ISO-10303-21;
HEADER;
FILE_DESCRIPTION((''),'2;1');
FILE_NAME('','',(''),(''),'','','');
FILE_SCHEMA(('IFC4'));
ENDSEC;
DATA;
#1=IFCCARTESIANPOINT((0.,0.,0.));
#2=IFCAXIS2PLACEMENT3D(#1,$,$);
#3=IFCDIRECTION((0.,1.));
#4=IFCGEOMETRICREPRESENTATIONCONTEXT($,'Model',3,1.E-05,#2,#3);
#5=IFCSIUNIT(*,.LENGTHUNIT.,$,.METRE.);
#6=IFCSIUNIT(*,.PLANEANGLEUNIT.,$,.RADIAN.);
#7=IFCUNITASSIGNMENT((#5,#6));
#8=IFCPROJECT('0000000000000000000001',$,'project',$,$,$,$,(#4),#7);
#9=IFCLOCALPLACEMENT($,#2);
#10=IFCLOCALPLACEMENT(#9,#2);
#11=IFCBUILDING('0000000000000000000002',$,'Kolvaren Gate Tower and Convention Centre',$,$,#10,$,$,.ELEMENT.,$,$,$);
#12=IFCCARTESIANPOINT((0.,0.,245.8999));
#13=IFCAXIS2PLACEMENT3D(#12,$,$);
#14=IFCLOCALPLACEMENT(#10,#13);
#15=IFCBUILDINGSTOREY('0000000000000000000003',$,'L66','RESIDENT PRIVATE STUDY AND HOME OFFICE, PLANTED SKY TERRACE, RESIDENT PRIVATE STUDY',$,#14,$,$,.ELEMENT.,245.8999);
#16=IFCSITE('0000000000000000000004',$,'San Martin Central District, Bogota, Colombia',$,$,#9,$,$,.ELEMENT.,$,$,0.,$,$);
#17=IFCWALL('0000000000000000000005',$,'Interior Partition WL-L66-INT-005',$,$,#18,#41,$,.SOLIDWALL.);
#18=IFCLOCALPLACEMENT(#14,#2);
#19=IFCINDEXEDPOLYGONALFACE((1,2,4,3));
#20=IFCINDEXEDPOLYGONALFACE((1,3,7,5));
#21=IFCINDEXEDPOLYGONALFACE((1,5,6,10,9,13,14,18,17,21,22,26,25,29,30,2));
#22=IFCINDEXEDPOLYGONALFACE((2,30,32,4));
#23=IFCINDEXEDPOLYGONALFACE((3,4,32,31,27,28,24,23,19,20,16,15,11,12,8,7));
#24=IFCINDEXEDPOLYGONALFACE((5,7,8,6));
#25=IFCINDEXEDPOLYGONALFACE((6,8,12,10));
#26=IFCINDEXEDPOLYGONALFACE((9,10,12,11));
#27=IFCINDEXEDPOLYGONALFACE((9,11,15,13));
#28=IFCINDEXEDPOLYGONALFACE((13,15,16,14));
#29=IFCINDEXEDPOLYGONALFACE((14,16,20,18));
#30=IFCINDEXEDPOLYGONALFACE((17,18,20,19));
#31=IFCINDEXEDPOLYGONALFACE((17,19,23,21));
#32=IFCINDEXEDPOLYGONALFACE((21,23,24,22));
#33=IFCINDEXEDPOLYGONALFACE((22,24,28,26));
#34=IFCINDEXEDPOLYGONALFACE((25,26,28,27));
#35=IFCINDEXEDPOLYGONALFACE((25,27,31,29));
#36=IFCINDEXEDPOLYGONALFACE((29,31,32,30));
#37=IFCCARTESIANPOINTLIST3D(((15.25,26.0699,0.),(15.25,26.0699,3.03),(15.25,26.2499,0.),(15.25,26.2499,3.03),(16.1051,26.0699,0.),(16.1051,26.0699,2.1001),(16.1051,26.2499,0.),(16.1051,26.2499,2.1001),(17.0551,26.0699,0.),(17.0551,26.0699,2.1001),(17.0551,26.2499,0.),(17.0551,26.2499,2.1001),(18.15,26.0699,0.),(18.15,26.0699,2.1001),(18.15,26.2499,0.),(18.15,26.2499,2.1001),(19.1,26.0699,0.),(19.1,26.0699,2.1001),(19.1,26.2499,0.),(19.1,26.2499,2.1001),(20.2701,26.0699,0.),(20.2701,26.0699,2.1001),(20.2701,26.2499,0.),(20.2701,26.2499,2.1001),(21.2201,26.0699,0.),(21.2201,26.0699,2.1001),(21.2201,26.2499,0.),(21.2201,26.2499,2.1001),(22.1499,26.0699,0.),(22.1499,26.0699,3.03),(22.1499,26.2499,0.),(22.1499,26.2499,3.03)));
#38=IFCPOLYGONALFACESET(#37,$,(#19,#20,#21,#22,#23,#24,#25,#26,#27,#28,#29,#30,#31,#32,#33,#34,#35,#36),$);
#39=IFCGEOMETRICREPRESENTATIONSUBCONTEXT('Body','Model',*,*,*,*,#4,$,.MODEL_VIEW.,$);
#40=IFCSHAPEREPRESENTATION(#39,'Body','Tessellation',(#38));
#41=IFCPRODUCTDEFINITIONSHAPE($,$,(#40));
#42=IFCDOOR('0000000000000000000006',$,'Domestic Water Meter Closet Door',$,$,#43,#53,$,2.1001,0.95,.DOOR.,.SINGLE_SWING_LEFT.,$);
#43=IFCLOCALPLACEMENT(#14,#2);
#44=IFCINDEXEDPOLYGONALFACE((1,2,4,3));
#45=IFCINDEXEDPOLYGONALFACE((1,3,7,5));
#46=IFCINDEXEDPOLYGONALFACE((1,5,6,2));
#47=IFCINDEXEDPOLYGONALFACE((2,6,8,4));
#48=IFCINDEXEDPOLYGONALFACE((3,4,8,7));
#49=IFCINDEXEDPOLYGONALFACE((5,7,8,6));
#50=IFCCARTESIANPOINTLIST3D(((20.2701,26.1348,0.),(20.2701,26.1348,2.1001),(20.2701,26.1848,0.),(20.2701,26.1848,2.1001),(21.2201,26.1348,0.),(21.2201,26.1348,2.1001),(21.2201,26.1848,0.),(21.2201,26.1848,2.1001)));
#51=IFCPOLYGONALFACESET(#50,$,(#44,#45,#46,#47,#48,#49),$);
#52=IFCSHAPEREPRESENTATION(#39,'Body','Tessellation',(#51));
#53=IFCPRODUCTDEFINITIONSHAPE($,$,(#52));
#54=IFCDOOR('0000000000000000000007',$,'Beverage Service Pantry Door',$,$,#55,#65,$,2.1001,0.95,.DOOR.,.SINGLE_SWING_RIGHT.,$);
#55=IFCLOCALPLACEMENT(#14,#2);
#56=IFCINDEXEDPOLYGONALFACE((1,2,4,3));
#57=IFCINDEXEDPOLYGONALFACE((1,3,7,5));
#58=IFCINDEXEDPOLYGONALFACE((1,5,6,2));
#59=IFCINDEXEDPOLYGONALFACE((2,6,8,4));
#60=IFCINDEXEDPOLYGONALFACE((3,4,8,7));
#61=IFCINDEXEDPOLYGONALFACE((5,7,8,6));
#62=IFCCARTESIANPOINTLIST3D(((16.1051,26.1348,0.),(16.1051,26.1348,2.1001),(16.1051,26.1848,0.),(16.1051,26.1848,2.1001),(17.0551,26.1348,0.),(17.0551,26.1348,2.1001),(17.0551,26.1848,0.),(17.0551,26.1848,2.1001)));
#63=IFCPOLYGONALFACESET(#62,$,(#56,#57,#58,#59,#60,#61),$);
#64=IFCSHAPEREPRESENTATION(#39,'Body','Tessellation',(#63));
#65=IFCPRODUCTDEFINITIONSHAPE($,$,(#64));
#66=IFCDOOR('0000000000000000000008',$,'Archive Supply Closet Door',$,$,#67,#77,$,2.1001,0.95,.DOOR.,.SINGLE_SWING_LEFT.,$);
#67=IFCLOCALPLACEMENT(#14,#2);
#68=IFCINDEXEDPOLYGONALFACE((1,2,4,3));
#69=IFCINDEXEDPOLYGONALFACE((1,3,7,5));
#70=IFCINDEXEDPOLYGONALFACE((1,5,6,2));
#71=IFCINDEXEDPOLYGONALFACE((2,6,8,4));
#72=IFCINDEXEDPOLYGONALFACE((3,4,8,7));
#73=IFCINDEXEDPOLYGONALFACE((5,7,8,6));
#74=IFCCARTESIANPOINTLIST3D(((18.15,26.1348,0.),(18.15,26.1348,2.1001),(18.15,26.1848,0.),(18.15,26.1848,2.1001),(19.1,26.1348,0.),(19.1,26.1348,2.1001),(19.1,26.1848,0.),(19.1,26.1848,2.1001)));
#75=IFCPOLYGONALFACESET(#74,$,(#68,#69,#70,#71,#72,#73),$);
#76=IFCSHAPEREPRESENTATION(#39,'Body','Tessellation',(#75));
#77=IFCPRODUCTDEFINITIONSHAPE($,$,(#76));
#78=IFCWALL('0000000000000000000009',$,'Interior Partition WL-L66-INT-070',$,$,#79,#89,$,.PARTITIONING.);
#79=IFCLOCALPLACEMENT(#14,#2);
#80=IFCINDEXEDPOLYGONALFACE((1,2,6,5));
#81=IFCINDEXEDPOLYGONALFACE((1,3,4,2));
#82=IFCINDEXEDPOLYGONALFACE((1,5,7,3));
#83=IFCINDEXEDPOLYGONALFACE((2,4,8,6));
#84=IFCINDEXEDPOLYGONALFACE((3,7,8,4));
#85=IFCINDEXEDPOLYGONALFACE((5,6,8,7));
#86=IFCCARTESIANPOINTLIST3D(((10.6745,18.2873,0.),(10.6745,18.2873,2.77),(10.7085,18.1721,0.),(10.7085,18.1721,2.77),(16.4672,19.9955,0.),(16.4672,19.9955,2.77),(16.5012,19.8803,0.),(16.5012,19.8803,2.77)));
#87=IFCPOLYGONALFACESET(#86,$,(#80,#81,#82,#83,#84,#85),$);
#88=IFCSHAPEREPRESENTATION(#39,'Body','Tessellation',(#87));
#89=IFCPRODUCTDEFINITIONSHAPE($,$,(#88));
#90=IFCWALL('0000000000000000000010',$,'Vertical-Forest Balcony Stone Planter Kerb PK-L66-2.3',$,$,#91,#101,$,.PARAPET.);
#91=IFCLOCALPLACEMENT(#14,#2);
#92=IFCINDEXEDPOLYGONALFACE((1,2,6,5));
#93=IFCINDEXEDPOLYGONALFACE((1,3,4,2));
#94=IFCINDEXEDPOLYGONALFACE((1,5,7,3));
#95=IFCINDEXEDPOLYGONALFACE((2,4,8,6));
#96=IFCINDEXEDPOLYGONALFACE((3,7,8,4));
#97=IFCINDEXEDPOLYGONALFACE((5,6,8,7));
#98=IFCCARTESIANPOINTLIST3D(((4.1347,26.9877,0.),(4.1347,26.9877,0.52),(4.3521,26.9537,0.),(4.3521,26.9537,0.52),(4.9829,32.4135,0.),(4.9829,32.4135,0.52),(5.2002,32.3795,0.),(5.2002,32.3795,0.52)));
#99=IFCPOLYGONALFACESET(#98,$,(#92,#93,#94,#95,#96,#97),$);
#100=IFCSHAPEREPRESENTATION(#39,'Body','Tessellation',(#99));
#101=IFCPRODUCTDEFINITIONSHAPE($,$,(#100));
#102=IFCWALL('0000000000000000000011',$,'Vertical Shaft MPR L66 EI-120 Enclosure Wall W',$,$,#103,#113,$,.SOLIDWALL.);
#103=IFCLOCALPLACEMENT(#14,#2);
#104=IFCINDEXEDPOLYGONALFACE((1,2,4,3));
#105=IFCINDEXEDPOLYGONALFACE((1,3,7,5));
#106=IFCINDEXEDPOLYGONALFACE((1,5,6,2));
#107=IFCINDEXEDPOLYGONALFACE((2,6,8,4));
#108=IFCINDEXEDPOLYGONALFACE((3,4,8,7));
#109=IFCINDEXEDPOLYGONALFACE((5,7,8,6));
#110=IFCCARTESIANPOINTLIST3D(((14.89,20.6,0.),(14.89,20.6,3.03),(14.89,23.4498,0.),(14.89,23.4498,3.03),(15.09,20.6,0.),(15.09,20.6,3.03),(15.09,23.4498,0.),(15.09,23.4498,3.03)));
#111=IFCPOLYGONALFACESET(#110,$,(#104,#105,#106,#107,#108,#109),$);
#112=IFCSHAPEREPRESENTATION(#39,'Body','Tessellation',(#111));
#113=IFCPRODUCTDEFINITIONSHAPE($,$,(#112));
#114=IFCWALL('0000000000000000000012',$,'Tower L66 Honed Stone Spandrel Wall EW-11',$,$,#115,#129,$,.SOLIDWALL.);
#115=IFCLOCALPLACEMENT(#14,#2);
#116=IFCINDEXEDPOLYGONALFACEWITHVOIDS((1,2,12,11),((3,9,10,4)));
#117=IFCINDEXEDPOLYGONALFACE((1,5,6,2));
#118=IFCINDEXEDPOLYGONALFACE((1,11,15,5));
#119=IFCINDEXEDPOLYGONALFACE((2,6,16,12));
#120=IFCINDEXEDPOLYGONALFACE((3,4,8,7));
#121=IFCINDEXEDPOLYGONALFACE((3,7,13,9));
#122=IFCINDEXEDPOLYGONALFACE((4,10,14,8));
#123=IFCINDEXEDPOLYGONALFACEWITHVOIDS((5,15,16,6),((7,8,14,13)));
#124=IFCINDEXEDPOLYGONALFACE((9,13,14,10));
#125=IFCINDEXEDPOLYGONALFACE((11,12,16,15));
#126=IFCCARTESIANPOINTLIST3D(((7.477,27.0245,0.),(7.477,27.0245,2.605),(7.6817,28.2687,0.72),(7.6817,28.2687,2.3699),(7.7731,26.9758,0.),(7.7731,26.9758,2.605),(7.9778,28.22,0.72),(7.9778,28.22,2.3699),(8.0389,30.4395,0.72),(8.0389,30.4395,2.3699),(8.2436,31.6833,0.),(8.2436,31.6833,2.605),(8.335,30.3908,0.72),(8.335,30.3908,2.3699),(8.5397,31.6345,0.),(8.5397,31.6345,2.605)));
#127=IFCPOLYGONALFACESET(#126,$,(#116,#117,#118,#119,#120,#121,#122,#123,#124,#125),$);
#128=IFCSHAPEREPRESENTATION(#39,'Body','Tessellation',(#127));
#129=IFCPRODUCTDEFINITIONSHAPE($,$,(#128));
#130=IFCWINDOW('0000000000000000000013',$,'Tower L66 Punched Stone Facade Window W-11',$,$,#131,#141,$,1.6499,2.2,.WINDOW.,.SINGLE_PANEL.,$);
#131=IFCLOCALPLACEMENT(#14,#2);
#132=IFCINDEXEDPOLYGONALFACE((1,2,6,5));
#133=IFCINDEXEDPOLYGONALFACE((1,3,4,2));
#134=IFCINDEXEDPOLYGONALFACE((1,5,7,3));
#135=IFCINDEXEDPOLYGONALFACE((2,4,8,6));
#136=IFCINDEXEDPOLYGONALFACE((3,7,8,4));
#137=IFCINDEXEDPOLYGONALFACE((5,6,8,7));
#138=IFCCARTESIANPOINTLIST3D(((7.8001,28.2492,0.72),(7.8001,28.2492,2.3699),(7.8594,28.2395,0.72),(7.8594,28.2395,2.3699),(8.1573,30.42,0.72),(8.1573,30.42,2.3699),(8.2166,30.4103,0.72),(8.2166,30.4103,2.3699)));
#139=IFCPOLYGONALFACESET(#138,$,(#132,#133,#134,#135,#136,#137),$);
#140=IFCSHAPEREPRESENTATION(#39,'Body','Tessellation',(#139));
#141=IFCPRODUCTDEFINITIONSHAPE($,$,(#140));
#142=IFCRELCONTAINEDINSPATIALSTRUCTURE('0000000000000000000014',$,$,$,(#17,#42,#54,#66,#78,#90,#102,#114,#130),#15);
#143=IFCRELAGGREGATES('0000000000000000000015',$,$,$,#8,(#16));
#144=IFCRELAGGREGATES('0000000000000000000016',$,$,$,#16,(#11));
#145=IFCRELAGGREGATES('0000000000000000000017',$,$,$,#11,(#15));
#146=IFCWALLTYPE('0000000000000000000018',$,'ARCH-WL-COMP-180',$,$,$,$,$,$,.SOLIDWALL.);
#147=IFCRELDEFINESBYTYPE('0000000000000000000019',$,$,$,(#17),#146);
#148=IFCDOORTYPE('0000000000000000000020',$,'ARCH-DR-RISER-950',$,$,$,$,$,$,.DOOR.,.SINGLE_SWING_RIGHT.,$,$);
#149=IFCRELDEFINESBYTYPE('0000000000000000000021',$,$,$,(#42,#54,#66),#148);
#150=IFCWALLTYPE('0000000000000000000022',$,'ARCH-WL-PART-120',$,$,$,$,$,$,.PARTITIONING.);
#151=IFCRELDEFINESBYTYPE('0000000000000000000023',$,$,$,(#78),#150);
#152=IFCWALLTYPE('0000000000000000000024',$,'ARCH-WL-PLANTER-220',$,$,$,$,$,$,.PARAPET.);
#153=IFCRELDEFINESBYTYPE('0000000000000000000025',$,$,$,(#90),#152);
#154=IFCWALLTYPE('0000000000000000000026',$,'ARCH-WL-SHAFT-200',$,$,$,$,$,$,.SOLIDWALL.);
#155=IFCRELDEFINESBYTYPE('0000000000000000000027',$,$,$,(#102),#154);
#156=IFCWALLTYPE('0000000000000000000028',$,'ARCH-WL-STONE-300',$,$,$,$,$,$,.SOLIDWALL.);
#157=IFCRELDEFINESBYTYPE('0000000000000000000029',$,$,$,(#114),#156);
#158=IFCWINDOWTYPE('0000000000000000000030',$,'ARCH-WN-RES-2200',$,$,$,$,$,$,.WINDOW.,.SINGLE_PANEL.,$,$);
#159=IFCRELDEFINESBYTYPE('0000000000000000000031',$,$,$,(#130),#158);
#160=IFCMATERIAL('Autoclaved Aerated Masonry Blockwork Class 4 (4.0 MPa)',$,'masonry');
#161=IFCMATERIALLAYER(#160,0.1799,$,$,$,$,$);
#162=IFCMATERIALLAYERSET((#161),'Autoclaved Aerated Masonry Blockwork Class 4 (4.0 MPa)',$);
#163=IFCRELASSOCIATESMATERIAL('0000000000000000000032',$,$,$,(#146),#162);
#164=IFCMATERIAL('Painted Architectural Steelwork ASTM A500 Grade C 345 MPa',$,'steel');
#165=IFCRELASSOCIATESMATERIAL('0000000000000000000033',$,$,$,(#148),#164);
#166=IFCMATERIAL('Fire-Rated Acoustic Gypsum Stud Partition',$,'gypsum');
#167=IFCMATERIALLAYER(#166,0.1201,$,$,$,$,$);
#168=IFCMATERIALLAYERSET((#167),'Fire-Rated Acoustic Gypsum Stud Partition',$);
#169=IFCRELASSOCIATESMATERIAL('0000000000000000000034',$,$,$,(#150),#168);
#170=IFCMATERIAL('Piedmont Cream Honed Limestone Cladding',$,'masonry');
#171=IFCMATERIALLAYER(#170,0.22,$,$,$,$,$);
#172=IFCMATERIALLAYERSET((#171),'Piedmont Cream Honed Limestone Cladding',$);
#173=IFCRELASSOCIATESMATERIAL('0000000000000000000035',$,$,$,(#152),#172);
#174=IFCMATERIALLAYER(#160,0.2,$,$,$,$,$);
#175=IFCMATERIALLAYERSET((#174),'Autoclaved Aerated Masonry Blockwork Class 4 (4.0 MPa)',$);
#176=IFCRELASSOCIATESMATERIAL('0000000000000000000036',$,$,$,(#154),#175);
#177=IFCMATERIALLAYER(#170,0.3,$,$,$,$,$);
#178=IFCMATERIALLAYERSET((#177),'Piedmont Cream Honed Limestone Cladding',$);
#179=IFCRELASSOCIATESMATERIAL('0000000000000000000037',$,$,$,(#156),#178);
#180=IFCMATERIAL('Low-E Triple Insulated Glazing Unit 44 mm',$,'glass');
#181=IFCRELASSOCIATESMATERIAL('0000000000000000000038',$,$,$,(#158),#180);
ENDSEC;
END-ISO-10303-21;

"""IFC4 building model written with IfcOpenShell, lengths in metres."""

from ifc_helpers import new_model, si_unit, direction, frame, frame_2d, origin, place, context, subcontext, project, spatial, rectangle, extrude, material, layer, layer_set, type_object, element, fill, save


model = new_model("IFC4")

# Units and contexts
model_context = context("Model", 3, precision=1e-05, world=origin(), true_north=direction((0.0, 1.0)))
body_context = subcontext(model_context, "Body", "Model", "MODEL_VIEW")
ifc_project = project(units=[si_unit("LENGTHUNIT", "METRE"), si_unit("PLANEANGLEUNIT", "RADIAN")], contexts=[model_context])

# Site, building, storey
site_placement = place(None, origin())
site = spatial("IfcSite", under=ifc_project, at=site_placement, Name="San Martin Central District, Bogota, Colombia", CompositionType="ELEMENT", RefElevation=0.0)
building_placement = place(site_placement, origin())
building = spatial("IfcBuilding", under=site, at=building_placement, Name="Kolvaren Gate Tower and Convention Centre", CompositionType="ELEMENT")
storey_placement = place(building_placement, frame((0.0, 0.0, 245.8999)))
storey = spatial("IfcBuildingStorey", under=building, at=storey_placement, Name="L66", Description="RESIDENT PRIVATE STUDY AND HOME OFFICE, PLANTED SKY TERRACE, RESIDENT PRIVATE STUDY", CompositionType="ELEMENT", Elevation=245.8999)

# Wall, openings, doors
ifc_material_1 = material(Name="Autoclaved Aerated Masonry Blockwork Class 4 (4.0 MPa)", Category="masonry")
ifc_layer_1 = layer(ifc_material_1, 0.1799)
ifc_layer_set_1 = layer_set([ifc_layer_1], Name="Autoclaved Aerated Masonry Blockwork Class 4 (4.0 MPa)")
wall_type_1 = type_object("IfcWallType", Name="ARCH-WL-COMP-180", PredefinedType="SOLIDWALL", material=ifc_layer_set_1)
wall_1_placement = place(storey_placement, frame((15.25, 26.1599, 0.0), z_axis=(0.0, 0.0, 1.0), x_axis=(1.0, 0.0, 0.0)))
wall_1 = element("IfcWall", 1, at=wall_1_placement, inside=storey, type_object=wall_type_1, Name="Interior Partition WL-L66-INT-005", PredefinedType="SOLIDWALL", context=body_context, shape_type="SweptSolid", body=[
    extrude(rectangle(XDim=6.8999, YDim=0.1799, at=frame_2d((3.45, 0.0))), origin(), (0.0, 0.0, 1.0), 3.03),
])
opening_1_placement = place(wall_1_placement, frame((5.02, 0.0, 0.0)))
opening_1 = element("IfcOpeningElement", 2, at=opening_1_placement, cuts=wall_1, PredefinedType="OPENING", context=body_context, shape_type="SweptSolid", body=[
    extrude(rectangle(XDim=0.95, YDim=2.1001, at=frame_2d((0.4751, 1.05))), frame((0.0, 0.0999, 0.0), z_axis=(0.0, -1.0, 0.0), x_axis=(1.0, 0.0, 0.0)), (0.0, 0.0, 1.0), 0.2),
])
opening_2_placement = place(wall_1_placement, frame((0.855, 0.0, 0.0)))
opening_2 = element("IfcOpeningElement", 3, at=opening_2_placement, cuts=wall_1, PredefinedType="OPENING", context=body_context, shape_type="SweptSolid", body=[
    extrude(rectangle(XDim=0.95, YDim=2.1001, at=frame_2d((0.4751, 1.05))), frame((0.0, 0.0999, 0.0), z_axis=(0.0, -1.0, 0.0), x_axis=(1.0, 0.0, 0.0)), (0.0, 0.0, 1.0), 0.2),
])
opening_3_placement = place(wall_1_placement, frame((2.8999, 0.0, 0.0)))
opening_3 = element("IfcOpeningElement", 4, at=opening_3_placement, cuts=wall_1, PredefinedType="OPENING", context=body_context, shape_type="SweptSolid", body=[
    extrude(rectangle(XDim=0.95, YDim=2.1001, at=frame_2d((0.4751, 1.05))), frame((0.0, 0.0999, 0.0), z_axis=(0.0, -1.0, 0.0), x_axis=(1.0, 0.0, 0.0)), (0.0, 0.0, 1.0), 0.2),
])
ifc_material_2 = material(Name="Painted Architectural Steelwork ASTM A500 Grade C 345 MPa", Category="steel")
door_type = type_object("IfcDoorType", Name="ARCH-DR-RISER-950", OperationType="SINGLE_SWING_RIGHT", PredefinedType="DOOR", material=ifc_material_2)
door_1_placement = place(opening_1_placement, origin())
door_1 = element("IfcDoor", 5, at=door_1_placement, inside=storey, type_object=door_type, Name="Domestic Water Meter Closet Door", OperationType="SINGLE_SWING_LEFT", OverallHeight=2.1001, OverallWidth=0.95, PredefinedType="DOOR", context=body_context, shape_type="SweptSolid", body=[
    extrude(rectangle(XDim=0.95, YDim=2.1001, at=frame_2d((0.4751, 1.05))), frame((0.0, 0.0249, 0.0), z_axis=(0.0, -1.0, 0.0), x_axis=(1.0, 0.0, 0.0)), (0.0, 0.0, 1.0), 0.05),
])
fill(opening_1, door_1)
door_2_placement = place(opening_2_placement, origin())
door_2 = element("IfcDoor", 6, at=door_2_placement, inside=storey, type_object=door_type, Name="Beverage Service Pantry Door", OperationType="SINGLE_SWING_RIGHT", OverallHeight=2.1001, OverallWidth=0.95, PredefinedType="DOOR", context=body_context, shape_type="SweptSolid", body=[
    extrude(rectangle(XDim=0.95, YDim=2.1001, at=frame_2d((0.4751, 1.05))), frame((0.0, 0.0249, 0.0), z_axis=(0.0, -1.0, 0.0), x_axis=(1.0, 0.0, 0.0)), (0.0, 0.0, 1.0), 0.05),
])
fill(opening_2, door_2)
door_3_placement = place(opening_3_placement, origin())
door_3 = element("IfcDoor", 7, at=door_3_placement, inside=storey, type_object=door_type, Name="Archive Supply Closet Door", OperationType="SINGLE_SWING_LEFT", OverallHeight=2.1001, OverallWidth=0.95, PredefinedType="DOOR", context=body_context, shape_type="SweptSolid", body=[
    extrude(rectangle(XDim=0.95, YDim=2.1001, at=frame_2d((0.4751, 1.05))), frame((0.0, 0.0249, 0.0), z_axis=(0.0, -1.0, 0.0), x_axis=(1.0, 0.0, 0.0)), (0.0, 0.0, 1.0), 0.05),
])
fill(opening_3, door_3)

# Walls
ifc_material_3 = material(Name="Fire-Rated Acoustic Gypsum Stud Partition", Category="gypsum")
ifc_layer_2 = layer(ifc_material_3, 0.1201)
ifc_layer_set_2 = layer_set([ifc_layer_2], Name="Fire-Rated Acoustic Gypsum Stud Partition")
wall_type_2 = type_object("IfcWallType", Name="ARCH-WL-PART-120", PredefinedType="PARTITIONING", material=ifc_layer_set_2)
wall_2_placement = place(storey_placement, frame((10.6917, 18.2297, 0.0), z_axis=(0.0, 0.0, 1.0), x_axis=(0.959163, 0.282853, 0.0)))
element("IfcWall", 8, at=wall_2_placement, inside=storey, type_object=wall_type_2, Name="Interior Partition WL-L66-INT-070", PredefinedType="PARTITIONING", context=body_context, shape_type="SweptSolid", body=[
    extrude(rectangle(XDim=6.0393, YDim=0.1201, at=frame_2d((3.0195, 0.0))), origin(), (0.0, 0.0, 1.0), 2.77),
])
ifc_material_4 = material(Name="Piedmont Cream Honed Limestone Cladding", Category="masonry")
ifc_layer_3 = layer(ifc_material_4, 0.22)
ifc_layer_set_3 = layer_set([ifc_layer_3], Name="Piedmont Cream Honed Limestone Cladding")
wall_type_3 = type_object("IfcWallType", Name="ARCH-WL-PLANTER-220", PredefinedType="PARAPET", material=ifc_layer_set_3)
wall_3_placement = place(storey_placement, frame((4.2434, 26.9707, 0.0), z_axis=(0.0, 0.0, 1.0), x_axis=(0.154442, 0.988002, 0.0)))
element("IfcWall", 9, at=wall_3_placement, inside=storey, type_object=wall_type_3, Name="Vertical-Forest Balcony Stone Planter Kerb PK-L66-2.3", PredefinedType="PARAPET", context=body_context, shape_type="SweptSolid", body=[
    extrude(rectangle(XDim=5.4917, YDim=0.22, at=frame_2d((2.7458, 0.0))), origin(), (0.0, 0.0, 1.0), 0.52),
])
ifc_layer_4 = layer(ifc_material_1, 0.2)
ifc_layer_set_4 = layer_set([ifc_layer_4], Name="Autoclaved Aerated Masonry Blockwork Class 4 (4.0 MPa)")
wall_type_4 = type_object("IfcWallType", Name="ARCH-WL-SHAFT-200", PredefinedType="SOLIDWALL", material=ifc_layer_set_4)
wall_4_placement = place(storey_placement, frame((14.99, 20.6001, 0.0), z_axis=(0.0, 0.0, 1.0), x_axis=(0.0, 1.0, 0.0)))
element("IfcWall", 10, at=wall_4_placement, inside=storey, type_object=wall_type_4, Name="Vertical Shaft MPR L66 EI-120 Enclosure Wall W", PredefinedType="SOLIDWALL", context=body_context, shape_type="SweptSolid", body=[
    extrude(rectangle(XDim=2.8499, YDim=0.2, at=frame_2d((1.4248, 0.0))), origin(), (0.0, 0.0, 1.0), 3.03),
])

# Wall, opening, window
ifc_layer_5 = layer(ifc_material_4, 0.3)
ifc_layer_set_5 = layer_set([ifc_layer_5], Name="Piedmont Cream Honed Limestone Cladding")
wall_type_5 = type_object("IfcWallType", Name="ARCH-WL-STONE-300", PredefinedType="SOLIDWALL", material=ifc_layer_set_5)
wall_5_placement = place(storey_placement, frame((7.625, 27.0, 0.0), z_axis=(0.0, 0.0, 1.0), x_axis=(0.162369, 0.98673, 0.0)))
wall_5 = element("IfcWall", 11, at=wall_5_placement, inside=storey, type_object=wall_type_5, Name="Tower L66 Honed Stone Spandrel Wall EW-11", PredefinedType="SOLIDWALL", context=body_context, shape_type="SweptSolid", body=[
    extrude(rectangle(XDim=4.7214, YDim=0.3, at=frame_2d((2.3608, 0.0))), origin(), (0.0, 0.0, 1.0), 2.605),
])
opening_4_placement = place(wall_5_placement, frame((1.261, 0.0, 0.72)))
opening_4 = element("IfcOpeningElement", 12, at=opening_4_placement, cuts=wall_5, PredefinedType="OPENING", context=body_context, shape_type="SweptSolid", body=[
    extrude(rectangle(XDim=2.2, YDim=1.6499, at=frame_2d((1.1001, 0.825))), frame((0.0, 0.1599, 0.0), z_axis=(0.0, -1.0, 0.0), x_axis=(1.0, 0.0, 0.0)), (0.0, 0.0, 1.0), 0.3201),
])
ifc_material_5 = material(Name="Low-E Triple Insulated Glazing Unit 44 mm", Category="glass")
window_type = type_object("IfcWindowType", Name="ARCH-WN-RES-2200", PartitioningType="SINGLE_PANEL", PredefinedType="WINDOW", material=ifc_material_5)
window_1_placement = place(opening_4_placement, origin())
window_1 = element("IfcWindow", 13, at=window_1_placement, inside=storey, type_object=window_type, Name="Tower L66 Punched Stone Facade Window W-11", OverallHeight=1.6499, OverallWidth=2.2, PartitioningType="SINGLE_PANEL", PredefinedType="WINDOW", context=body_context, shape_type="SweptSolid", body=[
    extrude(rectangle(XDim=2.2, YDim=1.6499, at=frame_2d((1.1001, 0.825))), frame((0.0, 0.03, 0.0), z_axis=(0.0, -1.0, 0.0), x_axis=(1.0, 0.0, 0.0)), (0.0, 0.0, 1.0), 0.0601),
])
fill(opening_4, window_1)

save(model, "model.ifc")
